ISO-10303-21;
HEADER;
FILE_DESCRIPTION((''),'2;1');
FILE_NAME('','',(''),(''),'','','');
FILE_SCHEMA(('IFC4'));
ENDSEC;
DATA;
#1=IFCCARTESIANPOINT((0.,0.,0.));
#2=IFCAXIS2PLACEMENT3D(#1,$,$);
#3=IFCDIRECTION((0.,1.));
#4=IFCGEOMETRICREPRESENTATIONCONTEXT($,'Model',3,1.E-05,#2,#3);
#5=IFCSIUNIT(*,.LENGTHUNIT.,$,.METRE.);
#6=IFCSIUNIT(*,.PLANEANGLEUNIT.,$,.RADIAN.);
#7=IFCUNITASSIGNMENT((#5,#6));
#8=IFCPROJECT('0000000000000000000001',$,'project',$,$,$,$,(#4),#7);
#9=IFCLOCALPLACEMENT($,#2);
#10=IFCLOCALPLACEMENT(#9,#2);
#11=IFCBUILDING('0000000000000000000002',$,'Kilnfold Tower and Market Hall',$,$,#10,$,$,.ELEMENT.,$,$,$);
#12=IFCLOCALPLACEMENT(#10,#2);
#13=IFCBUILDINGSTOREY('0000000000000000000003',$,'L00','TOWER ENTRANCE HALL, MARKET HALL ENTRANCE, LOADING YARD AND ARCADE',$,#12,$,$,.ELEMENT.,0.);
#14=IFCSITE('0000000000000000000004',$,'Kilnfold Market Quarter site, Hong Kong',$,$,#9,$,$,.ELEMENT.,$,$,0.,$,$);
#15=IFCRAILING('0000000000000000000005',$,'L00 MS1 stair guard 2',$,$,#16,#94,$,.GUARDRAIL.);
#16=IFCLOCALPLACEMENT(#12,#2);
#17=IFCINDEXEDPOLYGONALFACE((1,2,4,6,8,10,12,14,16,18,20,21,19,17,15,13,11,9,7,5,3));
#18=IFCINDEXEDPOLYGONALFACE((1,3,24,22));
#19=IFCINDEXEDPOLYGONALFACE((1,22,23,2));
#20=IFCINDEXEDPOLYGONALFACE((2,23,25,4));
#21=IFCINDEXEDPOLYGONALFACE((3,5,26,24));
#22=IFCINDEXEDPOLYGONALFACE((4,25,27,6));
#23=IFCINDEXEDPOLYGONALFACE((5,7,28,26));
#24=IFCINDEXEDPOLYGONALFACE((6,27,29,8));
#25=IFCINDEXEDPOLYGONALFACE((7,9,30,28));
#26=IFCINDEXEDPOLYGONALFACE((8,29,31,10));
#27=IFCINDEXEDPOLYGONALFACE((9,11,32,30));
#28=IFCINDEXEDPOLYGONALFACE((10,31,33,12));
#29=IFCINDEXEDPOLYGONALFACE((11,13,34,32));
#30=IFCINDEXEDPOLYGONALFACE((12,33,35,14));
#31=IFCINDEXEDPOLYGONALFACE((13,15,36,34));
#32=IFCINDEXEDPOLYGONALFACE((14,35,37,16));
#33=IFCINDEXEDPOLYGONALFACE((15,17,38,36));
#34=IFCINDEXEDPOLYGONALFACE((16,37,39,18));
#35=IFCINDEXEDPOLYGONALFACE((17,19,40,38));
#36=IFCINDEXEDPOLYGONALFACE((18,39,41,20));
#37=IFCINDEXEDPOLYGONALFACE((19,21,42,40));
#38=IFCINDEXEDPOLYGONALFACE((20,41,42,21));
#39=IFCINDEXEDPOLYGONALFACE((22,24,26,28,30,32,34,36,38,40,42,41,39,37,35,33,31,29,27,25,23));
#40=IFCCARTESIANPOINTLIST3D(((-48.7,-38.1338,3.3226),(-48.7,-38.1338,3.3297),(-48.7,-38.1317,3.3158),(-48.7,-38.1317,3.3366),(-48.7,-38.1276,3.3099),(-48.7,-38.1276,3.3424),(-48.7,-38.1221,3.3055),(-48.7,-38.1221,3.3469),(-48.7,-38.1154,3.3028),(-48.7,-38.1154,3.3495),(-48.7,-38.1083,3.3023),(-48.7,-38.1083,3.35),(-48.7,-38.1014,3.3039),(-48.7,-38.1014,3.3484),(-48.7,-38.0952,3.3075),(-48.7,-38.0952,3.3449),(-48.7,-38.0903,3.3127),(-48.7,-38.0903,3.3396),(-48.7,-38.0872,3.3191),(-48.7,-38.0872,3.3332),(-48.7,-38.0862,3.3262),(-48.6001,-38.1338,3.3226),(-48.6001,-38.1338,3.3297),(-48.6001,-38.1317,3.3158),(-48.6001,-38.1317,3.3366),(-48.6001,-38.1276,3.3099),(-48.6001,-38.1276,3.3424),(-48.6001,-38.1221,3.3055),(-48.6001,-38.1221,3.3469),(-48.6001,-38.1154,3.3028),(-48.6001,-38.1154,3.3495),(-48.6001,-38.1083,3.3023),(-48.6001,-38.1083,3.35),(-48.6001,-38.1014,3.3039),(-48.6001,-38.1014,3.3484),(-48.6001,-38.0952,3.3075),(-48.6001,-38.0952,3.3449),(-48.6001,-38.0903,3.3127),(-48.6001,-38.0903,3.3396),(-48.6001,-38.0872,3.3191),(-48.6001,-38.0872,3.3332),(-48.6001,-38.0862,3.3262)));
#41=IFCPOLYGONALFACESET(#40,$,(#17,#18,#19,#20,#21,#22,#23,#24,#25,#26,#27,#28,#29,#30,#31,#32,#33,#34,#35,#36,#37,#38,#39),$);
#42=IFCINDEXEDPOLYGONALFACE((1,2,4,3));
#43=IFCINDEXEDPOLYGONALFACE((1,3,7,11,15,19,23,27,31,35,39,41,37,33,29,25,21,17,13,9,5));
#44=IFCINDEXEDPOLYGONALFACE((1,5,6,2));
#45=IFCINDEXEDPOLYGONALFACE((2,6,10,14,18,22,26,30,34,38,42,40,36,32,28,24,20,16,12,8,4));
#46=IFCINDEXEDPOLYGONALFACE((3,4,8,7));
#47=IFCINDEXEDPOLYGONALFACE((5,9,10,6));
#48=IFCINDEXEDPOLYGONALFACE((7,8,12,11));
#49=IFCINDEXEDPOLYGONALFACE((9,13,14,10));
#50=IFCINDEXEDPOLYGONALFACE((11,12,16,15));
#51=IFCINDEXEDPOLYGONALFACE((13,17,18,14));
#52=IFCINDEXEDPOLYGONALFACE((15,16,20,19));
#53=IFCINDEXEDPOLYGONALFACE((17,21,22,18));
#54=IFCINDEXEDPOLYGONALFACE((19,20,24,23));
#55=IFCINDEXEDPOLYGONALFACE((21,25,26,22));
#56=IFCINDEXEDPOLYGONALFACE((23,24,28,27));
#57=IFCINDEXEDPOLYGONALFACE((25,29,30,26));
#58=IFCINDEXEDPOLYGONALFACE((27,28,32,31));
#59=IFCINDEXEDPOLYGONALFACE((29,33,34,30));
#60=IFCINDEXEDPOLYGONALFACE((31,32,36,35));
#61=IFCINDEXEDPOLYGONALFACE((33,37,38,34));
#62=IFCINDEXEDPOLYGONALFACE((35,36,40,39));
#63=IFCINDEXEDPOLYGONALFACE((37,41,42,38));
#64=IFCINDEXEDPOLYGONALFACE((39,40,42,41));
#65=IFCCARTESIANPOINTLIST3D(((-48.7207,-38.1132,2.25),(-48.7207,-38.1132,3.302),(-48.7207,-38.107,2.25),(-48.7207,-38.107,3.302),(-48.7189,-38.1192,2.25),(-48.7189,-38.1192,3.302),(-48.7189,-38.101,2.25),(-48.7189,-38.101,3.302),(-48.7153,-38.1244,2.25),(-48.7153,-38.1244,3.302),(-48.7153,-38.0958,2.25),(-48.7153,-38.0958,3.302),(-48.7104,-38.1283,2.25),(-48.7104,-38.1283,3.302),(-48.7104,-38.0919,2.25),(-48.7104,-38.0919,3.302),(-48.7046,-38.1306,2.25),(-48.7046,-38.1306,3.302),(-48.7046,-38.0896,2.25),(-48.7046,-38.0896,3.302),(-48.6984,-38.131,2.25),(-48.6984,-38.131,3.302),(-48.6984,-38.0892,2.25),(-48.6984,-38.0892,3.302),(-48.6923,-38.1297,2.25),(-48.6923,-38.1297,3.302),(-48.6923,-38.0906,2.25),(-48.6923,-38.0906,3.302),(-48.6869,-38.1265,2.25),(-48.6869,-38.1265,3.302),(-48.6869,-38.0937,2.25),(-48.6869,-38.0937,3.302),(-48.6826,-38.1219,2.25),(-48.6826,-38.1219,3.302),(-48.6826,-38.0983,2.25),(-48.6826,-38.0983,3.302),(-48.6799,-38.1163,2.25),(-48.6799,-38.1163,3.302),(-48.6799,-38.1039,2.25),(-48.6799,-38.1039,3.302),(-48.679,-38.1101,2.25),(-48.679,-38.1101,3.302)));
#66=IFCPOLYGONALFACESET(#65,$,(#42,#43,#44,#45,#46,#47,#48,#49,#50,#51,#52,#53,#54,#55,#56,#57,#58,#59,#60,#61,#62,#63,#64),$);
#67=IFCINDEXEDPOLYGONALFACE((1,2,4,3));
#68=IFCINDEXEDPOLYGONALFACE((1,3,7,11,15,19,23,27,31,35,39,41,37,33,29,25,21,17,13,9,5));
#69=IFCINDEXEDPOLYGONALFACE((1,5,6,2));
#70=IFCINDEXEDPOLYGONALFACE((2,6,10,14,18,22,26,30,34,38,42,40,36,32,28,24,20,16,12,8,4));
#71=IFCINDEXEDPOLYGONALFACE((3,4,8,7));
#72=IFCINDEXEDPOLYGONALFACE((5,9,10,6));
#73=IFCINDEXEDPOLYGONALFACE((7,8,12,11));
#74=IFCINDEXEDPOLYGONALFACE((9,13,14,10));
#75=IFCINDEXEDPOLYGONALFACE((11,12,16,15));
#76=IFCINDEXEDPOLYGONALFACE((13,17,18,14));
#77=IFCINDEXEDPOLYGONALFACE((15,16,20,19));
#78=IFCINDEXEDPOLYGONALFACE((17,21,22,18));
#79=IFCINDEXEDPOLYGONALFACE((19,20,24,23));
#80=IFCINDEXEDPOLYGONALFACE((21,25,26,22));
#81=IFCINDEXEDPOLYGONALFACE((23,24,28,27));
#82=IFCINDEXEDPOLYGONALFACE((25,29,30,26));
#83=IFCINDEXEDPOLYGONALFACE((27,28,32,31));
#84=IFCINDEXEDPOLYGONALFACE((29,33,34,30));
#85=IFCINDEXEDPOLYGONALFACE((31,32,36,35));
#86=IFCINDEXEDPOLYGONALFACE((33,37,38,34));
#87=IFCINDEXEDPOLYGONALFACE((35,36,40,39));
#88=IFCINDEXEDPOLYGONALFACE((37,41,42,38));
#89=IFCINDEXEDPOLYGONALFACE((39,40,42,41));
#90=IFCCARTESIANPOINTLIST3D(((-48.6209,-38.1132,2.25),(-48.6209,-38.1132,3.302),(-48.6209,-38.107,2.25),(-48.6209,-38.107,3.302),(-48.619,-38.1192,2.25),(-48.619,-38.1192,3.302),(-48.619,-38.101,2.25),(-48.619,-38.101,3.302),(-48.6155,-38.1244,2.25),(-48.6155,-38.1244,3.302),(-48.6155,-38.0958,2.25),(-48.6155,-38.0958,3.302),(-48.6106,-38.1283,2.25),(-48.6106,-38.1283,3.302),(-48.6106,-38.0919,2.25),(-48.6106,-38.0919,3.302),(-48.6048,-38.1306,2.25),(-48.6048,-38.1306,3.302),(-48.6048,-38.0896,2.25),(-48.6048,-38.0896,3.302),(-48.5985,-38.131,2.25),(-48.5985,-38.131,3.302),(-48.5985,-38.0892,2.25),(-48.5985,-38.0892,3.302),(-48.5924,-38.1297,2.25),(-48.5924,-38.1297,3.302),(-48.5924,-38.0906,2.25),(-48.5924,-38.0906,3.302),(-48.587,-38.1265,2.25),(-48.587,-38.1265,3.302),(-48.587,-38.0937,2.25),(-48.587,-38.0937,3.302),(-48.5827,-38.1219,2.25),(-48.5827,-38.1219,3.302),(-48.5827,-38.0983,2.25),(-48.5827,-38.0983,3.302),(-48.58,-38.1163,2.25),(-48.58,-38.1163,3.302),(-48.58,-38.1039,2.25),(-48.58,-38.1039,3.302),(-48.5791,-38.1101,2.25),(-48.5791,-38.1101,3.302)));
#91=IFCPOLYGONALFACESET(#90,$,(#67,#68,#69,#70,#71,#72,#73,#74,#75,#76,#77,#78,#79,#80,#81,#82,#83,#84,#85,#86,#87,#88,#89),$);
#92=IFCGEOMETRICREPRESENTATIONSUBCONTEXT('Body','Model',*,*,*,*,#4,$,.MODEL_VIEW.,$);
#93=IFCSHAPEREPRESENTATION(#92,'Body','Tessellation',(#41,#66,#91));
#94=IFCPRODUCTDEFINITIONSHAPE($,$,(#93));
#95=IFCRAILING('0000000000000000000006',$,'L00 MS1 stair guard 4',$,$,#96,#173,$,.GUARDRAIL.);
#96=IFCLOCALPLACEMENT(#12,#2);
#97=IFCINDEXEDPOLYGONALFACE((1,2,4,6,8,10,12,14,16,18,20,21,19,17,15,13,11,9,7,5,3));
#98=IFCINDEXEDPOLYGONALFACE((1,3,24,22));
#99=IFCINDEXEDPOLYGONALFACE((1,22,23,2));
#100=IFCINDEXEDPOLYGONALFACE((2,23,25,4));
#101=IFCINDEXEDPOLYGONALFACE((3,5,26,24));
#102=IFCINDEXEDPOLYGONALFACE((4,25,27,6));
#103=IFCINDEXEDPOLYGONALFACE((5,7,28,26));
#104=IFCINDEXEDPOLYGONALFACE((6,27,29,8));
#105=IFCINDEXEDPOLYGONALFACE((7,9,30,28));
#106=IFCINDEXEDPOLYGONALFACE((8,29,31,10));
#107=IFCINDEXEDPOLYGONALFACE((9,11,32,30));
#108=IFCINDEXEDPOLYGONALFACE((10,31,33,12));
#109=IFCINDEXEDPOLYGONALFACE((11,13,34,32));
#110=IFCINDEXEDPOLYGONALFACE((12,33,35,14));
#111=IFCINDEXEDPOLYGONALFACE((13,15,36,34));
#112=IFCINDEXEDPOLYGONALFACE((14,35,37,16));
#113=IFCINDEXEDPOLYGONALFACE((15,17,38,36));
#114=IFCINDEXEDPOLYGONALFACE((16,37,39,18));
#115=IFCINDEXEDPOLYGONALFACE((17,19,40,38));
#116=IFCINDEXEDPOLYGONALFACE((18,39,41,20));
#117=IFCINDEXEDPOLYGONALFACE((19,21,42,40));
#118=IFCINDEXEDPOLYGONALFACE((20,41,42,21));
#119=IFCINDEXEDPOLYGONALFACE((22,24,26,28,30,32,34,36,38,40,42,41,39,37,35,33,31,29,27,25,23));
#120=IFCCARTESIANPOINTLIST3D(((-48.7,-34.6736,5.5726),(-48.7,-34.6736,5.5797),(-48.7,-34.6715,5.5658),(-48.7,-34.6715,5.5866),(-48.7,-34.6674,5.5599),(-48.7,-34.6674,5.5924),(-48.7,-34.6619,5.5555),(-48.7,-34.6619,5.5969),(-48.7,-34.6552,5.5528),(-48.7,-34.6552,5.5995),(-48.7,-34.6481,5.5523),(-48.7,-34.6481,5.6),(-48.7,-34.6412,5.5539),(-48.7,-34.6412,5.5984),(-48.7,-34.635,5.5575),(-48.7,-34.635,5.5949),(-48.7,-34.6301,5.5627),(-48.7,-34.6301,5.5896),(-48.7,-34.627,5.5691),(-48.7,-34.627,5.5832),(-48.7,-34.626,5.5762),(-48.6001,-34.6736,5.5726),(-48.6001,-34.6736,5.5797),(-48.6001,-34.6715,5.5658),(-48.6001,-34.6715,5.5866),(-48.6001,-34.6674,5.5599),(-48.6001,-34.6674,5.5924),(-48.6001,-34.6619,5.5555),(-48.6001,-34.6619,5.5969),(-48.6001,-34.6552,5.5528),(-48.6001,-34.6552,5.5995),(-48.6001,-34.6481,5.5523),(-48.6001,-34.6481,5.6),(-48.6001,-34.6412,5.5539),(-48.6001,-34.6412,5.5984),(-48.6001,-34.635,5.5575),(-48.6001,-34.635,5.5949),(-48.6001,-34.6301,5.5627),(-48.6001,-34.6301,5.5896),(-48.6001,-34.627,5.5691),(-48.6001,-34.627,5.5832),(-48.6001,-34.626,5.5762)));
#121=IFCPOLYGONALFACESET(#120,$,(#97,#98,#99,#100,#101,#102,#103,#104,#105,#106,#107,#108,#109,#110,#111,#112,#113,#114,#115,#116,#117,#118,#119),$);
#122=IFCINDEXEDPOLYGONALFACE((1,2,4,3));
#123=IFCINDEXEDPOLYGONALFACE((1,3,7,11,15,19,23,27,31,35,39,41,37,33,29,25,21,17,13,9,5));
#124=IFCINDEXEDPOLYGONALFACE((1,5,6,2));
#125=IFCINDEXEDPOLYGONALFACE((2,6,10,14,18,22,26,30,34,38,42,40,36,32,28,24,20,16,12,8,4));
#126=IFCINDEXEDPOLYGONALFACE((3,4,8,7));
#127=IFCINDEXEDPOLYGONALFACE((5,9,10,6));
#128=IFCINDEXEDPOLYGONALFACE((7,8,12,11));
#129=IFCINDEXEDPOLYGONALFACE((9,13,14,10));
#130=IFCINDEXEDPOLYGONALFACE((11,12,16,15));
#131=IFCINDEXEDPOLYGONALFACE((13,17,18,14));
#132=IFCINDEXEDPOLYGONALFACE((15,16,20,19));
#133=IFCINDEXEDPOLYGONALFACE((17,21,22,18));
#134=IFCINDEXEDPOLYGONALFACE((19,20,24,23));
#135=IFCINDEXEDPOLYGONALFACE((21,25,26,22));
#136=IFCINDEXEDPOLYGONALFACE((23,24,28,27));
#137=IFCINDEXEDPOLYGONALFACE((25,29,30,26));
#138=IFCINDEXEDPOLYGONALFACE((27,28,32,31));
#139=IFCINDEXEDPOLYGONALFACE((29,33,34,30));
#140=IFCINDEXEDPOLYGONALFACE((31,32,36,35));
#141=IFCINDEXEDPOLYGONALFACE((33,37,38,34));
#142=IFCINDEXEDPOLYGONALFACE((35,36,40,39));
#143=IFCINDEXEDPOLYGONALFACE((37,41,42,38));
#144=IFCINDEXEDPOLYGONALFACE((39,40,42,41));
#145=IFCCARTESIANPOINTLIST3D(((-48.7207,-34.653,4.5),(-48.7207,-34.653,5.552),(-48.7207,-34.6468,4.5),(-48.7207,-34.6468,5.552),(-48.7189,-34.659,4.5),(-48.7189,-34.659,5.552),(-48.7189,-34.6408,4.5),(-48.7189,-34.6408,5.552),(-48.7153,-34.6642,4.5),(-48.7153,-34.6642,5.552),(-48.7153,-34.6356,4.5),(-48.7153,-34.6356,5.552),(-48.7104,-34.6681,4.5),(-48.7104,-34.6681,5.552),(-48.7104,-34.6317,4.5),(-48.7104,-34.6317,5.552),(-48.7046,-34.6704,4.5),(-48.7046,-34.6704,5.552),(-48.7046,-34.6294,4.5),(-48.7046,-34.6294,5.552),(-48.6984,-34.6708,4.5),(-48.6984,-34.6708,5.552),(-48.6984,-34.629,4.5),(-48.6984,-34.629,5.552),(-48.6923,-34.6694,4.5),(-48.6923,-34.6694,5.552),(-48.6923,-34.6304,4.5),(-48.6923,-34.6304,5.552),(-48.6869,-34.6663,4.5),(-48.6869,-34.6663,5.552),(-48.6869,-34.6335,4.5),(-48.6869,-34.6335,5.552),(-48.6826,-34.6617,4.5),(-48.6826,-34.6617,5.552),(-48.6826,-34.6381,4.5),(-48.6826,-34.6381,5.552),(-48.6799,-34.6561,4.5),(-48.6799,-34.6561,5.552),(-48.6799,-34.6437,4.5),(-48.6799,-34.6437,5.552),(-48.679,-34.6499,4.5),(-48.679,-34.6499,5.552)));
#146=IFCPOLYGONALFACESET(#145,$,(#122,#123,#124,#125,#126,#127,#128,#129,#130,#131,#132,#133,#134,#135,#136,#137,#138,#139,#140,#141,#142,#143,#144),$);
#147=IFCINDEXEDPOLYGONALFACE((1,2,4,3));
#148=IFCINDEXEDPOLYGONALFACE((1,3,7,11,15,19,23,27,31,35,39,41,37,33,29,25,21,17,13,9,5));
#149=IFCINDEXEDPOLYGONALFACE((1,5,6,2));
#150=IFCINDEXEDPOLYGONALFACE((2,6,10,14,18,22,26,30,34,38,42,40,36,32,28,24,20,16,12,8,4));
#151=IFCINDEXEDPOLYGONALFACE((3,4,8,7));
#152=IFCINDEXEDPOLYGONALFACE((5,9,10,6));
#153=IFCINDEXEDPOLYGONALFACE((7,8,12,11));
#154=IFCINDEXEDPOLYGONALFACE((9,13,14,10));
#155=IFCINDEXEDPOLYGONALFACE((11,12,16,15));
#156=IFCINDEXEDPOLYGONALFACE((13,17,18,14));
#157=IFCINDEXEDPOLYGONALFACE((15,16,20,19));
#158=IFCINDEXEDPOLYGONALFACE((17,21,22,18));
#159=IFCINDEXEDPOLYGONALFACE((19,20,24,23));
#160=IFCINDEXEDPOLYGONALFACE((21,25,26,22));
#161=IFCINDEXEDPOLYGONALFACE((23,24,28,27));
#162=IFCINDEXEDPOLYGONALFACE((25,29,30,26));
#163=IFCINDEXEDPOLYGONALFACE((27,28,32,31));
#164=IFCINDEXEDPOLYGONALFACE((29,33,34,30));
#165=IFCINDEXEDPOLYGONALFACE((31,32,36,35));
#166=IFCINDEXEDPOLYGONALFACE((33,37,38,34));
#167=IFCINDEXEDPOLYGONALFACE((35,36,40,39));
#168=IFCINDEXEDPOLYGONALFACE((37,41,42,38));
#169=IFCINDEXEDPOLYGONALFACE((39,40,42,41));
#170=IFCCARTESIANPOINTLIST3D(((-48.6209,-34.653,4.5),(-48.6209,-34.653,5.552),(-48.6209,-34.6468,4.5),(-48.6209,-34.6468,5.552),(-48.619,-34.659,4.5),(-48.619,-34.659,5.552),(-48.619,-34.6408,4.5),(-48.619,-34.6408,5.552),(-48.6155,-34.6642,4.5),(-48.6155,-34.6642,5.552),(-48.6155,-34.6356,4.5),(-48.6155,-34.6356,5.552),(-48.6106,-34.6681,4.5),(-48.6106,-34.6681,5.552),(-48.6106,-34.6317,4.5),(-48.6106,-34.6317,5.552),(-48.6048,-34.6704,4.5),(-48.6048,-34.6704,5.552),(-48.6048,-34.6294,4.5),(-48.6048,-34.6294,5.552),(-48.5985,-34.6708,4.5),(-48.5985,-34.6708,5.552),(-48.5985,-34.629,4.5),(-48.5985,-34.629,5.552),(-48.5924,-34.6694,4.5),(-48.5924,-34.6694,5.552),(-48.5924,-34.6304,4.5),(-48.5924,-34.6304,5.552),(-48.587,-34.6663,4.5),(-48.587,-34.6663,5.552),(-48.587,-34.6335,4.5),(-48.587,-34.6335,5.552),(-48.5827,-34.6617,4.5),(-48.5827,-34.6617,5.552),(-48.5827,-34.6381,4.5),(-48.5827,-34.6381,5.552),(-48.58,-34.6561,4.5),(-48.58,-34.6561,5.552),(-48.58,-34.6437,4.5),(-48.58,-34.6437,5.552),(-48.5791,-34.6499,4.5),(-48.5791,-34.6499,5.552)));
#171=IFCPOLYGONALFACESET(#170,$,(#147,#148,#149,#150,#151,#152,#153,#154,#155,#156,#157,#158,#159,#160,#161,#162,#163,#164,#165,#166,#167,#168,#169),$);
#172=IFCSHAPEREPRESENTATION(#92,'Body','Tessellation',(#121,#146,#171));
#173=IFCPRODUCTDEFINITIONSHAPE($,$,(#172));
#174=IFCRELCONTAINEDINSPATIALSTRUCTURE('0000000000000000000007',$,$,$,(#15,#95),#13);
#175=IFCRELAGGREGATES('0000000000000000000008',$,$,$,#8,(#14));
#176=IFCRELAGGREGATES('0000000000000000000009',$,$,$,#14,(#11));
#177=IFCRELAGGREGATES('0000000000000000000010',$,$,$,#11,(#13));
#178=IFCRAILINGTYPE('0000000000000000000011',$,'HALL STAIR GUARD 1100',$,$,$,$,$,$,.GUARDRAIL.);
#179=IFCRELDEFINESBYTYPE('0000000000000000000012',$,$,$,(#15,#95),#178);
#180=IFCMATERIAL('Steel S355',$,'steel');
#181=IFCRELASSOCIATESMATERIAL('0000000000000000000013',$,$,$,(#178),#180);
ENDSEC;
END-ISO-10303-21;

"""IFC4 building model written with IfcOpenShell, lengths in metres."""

from ifc_helpers import new_model, si_unit, direction, frame, origin, origin_2d, place, context, subcontext, project, spatial, circle, extrude, material, type_object, element, save


model = new_model("IFC4")

# Units and contexts
model_context = context("Model", 3, precision=1e-05, world=origin(), true_north=direction((0.0, 1.0)))
body_context = subcontext(model_context, "Body", "Model", "MODEL_VIEW")
ifc_project = project(units=[si_unit("LENGTHUNIT", "METRE"), si_unit("PLANEANGLEUNIT", "RADIAN")], contexts=[model_context])

# Site, building, storey
site_placement = place(None, origin())
site = spatial("IfcSite", under=ifc_project, at=site_placement, Name="Kilnfold Market Quarter site, Hong Kong", CompositionType="ELEMENT", RefElevation=0.0)
building_placement = place(site_placement, origin())
building = spatial("IfcBuilding", under=site, at=building_placement, Name="Kilnfold Tower and Market Hall", CompositionType="ELEMENT")
storey_placement = place(building_placement, origin())
storey = spatial("IfcBuildingStorey", under=building, at=storey_placement, Name="L00", Description="TOWER ENTRANCE HALL, MARKET HALL ENTRANCE, LOADING YARD AND ARCADE", CompositionType="ELEMENT", Elevation=0.0)

# Railings
ifc_material_1 = material(Name="Steel S355", Category="steel")
railing_type_1 = type_object("IfcRailingType", Name="HALL STAIR GUARD 1100", PredefinedType="GUARDRAIL", material=ifc_material_1)
for number, where, name in (
    (1, (-48.7, -38.1101, 2.25), "L00 MS1 stair guard 2"),
    (2, (-48.7, -34.6499, 4.5), "L00 MS1 stair guard 4"),
):
    element("IfcRailing", number, at=place(storey_placement, frame(where)), inside=storey, type_object=railing_type_1, Name=name, PredefinedType="GUARDRAIL", context=body_context, shape_type="SweptSolid", body=[
        extrude(circle(Radius=0.0239, at=origin_2d()), frame((0.0, 0.0, 1.0762), z_axis=(1.0, 0.0, 0.0), x_axis=(0.0, 1.0, 0.0)), (0.0, 0.0, 1.0), 0.0999),
        extrude(circle(Radius=0.021, at=origin_2d()), origin(), (0.0, 0.0, 1.0), 1.052),
        extrude(circle(Radius=0.021, at=origin_2d()), frame((0.0999, 0.0, 0.0)), (0.0, 0.0, 1.0), 1.052),
    ])

save(model, "model.ifc")
